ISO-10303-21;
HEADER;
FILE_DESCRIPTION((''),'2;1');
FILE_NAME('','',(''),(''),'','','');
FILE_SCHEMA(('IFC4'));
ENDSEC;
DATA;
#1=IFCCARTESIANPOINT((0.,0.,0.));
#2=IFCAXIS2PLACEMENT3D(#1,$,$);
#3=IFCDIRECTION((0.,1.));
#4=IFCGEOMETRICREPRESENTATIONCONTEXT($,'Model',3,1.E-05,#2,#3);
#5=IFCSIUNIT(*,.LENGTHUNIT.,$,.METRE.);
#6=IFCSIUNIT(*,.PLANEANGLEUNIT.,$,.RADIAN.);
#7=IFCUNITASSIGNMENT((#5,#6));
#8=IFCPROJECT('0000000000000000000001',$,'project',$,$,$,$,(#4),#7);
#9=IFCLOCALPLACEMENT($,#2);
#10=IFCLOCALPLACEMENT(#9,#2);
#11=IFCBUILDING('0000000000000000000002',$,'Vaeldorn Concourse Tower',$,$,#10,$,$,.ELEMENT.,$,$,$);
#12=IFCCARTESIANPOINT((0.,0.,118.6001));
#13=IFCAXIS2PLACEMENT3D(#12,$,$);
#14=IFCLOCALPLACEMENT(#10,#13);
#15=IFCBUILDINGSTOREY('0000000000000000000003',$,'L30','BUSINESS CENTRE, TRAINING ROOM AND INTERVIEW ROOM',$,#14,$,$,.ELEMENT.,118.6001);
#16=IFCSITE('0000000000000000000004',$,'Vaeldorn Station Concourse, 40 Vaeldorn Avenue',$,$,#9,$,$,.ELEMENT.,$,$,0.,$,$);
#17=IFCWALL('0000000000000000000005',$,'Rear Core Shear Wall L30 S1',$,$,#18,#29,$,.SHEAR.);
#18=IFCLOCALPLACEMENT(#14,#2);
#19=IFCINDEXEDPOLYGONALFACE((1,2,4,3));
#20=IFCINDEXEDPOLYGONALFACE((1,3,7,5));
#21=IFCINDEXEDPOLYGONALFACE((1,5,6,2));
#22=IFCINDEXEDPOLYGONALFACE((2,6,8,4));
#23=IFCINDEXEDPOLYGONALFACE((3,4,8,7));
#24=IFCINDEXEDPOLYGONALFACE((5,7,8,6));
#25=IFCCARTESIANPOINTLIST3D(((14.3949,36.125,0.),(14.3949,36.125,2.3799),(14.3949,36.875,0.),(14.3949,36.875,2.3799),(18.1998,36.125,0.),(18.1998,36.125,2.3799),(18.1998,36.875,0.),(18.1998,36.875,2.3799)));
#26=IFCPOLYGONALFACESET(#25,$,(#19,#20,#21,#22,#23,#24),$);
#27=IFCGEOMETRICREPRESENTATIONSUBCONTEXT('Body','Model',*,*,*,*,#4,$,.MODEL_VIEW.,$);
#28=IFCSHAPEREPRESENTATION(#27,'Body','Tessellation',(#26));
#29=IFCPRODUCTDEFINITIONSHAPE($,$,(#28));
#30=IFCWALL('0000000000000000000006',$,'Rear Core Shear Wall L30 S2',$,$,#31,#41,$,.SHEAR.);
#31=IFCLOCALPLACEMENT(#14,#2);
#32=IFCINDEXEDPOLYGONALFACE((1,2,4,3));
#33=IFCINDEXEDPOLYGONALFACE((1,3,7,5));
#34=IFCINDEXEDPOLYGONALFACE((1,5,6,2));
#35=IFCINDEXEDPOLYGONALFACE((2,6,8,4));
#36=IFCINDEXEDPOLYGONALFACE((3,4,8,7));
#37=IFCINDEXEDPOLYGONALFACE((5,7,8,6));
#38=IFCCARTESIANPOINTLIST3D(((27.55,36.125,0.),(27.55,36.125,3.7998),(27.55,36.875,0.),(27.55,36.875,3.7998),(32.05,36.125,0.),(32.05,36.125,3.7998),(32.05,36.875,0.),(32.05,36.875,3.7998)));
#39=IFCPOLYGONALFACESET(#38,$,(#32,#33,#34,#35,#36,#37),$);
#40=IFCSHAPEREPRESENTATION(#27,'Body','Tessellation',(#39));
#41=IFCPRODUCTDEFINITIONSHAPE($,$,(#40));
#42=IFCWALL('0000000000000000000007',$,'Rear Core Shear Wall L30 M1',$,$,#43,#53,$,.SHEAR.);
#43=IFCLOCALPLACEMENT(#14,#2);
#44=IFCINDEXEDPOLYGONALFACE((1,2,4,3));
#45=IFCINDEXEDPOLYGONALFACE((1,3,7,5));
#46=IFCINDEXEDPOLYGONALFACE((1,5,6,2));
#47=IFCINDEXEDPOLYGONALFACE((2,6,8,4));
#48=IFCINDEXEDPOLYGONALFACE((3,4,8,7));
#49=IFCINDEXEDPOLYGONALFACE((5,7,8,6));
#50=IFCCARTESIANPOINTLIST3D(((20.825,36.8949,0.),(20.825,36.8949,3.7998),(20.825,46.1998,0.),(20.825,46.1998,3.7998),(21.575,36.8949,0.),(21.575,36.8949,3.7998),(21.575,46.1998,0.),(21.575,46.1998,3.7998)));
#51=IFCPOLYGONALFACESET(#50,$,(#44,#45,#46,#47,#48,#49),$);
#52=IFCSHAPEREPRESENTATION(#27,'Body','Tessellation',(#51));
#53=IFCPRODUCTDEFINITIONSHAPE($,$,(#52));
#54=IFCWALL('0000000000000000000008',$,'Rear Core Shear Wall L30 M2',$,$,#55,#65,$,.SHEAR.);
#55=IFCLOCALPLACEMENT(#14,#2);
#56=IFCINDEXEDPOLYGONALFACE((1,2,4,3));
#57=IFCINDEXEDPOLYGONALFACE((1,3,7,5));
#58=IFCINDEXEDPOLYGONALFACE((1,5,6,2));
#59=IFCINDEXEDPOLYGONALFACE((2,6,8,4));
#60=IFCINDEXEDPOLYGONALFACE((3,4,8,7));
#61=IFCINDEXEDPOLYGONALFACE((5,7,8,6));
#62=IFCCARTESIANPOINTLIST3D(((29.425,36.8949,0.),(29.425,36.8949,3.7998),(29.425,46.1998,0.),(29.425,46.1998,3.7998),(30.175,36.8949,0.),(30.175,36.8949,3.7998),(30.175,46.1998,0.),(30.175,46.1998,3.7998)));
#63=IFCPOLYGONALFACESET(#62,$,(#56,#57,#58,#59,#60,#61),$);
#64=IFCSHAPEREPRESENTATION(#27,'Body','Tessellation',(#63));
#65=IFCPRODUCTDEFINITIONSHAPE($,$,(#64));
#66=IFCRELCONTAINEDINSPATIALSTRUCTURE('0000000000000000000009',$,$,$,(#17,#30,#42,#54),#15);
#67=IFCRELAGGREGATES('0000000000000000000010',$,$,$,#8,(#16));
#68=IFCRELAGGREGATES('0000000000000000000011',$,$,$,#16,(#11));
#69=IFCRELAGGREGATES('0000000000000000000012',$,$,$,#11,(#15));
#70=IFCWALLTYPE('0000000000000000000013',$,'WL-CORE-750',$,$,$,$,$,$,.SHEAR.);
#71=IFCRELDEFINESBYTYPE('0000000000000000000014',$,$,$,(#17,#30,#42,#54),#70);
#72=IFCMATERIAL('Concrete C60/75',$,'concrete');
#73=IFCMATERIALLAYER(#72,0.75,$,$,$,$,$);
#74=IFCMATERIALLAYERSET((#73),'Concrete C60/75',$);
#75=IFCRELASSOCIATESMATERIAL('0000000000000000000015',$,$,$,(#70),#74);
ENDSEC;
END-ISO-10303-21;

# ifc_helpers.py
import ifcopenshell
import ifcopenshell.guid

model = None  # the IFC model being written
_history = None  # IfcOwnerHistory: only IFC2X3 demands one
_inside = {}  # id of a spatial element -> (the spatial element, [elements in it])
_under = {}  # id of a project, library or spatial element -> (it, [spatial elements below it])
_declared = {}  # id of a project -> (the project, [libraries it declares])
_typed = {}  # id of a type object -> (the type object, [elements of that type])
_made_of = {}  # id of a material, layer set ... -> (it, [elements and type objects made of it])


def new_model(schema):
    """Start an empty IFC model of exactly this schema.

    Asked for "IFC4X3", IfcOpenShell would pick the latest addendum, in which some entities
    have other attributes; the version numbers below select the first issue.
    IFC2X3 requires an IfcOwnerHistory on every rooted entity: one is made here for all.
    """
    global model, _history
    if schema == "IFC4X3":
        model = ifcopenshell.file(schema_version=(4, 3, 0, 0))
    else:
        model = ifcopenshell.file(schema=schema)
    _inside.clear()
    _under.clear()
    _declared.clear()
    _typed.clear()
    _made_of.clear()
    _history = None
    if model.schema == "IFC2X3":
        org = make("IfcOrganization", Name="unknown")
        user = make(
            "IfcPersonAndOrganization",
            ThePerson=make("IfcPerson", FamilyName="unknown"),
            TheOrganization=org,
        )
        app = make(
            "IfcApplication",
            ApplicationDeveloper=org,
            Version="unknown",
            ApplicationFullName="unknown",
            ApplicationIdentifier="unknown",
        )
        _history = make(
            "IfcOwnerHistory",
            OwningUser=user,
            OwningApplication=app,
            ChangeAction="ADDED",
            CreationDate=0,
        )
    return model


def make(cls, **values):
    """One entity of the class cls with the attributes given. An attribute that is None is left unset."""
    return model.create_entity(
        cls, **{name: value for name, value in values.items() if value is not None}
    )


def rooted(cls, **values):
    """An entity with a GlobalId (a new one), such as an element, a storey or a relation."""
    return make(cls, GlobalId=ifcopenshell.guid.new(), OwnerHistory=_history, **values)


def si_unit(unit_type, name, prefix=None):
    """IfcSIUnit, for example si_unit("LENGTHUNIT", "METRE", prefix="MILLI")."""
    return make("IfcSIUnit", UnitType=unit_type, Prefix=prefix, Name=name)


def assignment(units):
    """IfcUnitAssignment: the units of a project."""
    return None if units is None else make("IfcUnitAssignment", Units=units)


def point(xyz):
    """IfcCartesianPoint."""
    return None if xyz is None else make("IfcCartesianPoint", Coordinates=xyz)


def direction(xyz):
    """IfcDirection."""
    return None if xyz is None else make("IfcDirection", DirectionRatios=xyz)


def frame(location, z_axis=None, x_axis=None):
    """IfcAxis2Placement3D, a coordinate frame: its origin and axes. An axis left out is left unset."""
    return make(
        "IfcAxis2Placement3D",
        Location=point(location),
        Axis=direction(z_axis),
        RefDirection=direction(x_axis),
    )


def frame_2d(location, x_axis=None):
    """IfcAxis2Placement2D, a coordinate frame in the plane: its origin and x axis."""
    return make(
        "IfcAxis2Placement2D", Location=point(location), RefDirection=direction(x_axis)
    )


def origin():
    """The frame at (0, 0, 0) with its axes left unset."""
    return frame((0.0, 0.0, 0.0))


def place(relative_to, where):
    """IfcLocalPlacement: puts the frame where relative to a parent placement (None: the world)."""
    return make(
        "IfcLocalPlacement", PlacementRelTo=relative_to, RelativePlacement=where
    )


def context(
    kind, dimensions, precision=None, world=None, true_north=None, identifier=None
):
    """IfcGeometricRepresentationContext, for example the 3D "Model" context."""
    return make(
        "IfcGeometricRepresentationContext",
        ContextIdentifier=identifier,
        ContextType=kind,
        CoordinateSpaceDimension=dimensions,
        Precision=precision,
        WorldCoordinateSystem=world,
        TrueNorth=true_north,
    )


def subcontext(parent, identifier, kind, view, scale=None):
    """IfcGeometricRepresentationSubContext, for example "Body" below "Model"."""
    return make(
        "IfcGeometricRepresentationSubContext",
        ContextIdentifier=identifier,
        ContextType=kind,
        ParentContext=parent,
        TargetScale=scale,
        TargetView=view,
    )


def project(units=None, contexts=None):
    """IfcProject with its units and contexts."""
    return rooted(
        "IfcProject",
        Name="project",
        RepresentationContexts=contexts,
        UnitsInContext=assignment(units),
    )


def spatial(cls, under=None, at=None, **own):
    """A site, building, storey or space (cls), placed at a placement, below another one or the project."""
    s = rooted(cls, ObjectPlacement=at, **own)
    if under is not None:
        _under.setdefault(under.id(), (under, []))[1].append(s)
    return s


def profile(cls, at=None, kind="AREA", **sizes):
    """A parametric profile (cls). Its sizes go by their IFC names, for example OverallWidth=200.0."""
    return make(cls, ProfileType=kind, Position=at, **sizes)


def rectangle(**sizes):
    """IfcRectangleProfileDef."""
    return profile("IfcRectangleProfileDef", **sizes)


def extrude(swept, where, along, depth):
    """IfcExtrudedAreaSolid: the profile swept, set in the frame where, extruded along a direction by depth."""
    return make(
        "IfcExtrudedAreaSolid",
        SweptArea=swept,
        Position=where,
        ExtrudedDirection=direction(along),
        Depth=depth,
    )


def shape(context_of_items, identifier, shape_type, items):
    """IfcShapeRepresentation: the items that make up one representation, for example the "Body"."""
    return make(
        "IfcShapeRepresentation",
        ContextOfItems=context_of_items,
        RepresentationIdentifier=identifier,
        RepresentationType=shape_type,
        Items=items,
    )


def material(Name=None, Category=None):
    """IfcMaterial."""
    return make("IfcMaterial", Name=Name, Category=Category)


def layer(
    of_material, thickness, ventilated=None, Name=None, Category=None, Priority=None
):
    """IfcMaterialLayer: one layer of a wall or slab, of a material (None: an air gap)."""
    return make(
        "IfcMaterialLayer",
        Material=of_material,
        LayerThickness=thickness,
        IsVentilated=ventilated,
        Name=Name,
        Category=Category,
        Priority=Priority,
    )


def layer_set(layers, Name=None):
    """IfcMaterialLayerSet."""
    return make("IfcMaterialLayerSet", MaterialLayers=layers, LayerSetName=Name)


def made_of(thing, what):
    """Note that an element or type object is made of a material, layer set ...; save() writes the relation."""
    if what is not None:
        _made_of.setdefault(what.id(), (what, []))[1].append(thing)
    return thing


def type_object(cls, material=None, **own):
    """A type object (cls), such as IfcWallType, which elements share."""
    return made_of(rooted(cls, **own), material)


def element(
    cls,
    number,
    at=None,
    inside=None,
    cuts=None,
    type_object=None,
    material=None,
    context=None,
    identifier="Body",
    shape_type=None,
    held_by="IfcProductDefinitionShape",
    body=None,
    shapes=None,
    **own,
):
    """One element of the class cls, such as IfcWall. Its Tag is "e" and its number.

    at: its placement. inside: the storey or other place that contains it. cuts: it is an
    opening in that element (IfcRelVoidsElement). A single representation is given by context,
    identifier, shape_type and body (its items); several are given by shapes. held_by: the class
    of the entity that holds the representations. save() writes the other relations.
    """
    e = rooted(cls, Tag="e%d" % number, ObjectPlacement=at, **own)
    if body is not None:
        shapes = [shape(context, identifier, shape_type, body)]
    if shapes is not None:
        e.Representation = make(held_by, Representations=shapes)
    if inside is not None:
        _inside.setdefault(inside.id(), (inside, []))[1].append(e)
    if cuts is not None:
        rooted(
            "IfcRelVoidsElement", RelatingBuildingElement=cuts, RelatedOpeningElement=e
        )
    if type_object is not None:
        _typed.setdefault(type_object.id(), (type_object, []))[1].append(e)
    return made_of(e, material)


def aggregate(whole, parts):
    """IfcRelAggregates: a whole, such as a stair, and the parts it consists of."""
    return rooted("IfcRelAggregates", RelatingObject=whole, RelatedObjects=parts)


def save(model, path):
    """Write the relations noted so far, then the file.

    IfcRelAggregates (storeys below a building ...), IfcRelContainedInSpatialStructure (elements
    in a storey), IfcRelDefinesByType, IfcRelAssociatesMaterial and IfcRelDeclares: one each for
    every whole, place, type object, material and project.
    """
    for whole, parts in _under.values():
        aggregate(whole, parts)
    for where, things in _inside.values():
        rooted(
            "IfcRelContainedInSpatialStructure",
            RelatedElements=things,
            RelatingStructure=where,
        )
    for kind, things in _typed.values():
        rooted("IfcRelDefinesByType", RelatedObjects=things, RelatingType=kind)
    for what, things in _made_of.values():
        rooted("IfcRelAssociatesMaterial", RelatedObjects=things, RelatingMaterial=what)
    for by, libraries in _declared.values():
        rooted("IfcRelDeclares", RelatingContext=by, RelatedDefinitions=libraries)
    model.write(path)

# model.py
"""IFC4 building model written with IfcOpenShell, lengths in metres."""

from ifc_helpers import new_model, si_unit, direction, frame, frame_2d, origin, place, context, subcontext, project, spatial, rectangle, extrude, material, layer, layer_set, type_object, element, save


model = new_model("IFC4")

# Units and contexts
model_context = context("Model", 3, precision=1e-05, world=origin(), true_north=direction((0.0, 1.0)))
body_context = subcontext(model_context, "Body", "Model", "MODEL_VIEW")
ifc_project = project(units=[si_unit("LENGTHUNIT", "METRE"), si_unit("PLANEANGLEUNIT", "RADIAN")], contexts=[model_context])

# Site, building, storey
site_placement = place(None, origin())
site = spatial("IfcSite", under=ifc_project, at=site_placement, Name="Vaeldorn Station Concourse, 40 Vaeldorn Avenue", CompositionType="ELEMENT", RefElevation=0.0)
building_placement = place(site_placement, origin())
building = spatial("IfcBuilding", under=site, at=building_placement, Name="Vaeldorn Concourse Tower", CompositionType="ELEMENT")
storey_placement = place(building_placement, frame((0.0, 0.0, 118.6001)))
storey = spatial("IfcBuildingStorey", under=building, at=storey_placement, Name="L30", Description="BUSINESS CENTRE, TRAINING ROOM AND INTERVIEW ROOM", CompositionType="ELEMENT", Elevation=118.6001)

# Walls
ifc_material_1 = material(Name="Concrete C60/75", Category="concrete")
ifc_layer_1 = layer(ifc_material_1, 0.75)
ifc_layer_set_1 = layer_set([ifc_layer_1], Name="Concrete C60/75")
wall_type_1 = type_object("IfcWallType", Name="WL-CORE-750", PredefinedType="SHEAR", material=ifc_layer_set_1)
wall_1_placement = place(storey_placement, frame((14.395, 36.5, 0.0), z_axis=(0.0, 0.0, 1.0), x_axis=(1.0, 0.0, 0.0)))
element("IfcWall", 1, at=wall_1_placement, inside=storey, type_object=wall_type_1, Name="Rear Core Shear Wall L30 S1", PredefinedType="SHEAR", context=body_context, shape_type="SweptSolid", body=[
    extrude(rectangle(XDim=3.8049, YDim=0.75, at=frame_2d((1.9023, 0.0))), origin(), (0.0, 0.0, 1.0), 2.3799),
])
wall_2_placement = place(storey_placement, frame((27.55, 36.5, 0.0), z_axis=(0.0, 0.0, 1.0), x_axis=(1.0, 0.0, 0.0)))
element("IfcWall", 2, at=wall_2_placement, inside=storey, type_object=wall_type_1, Name="Rear Core Shear Wall L30 S2", PredefinedType="SHEAR", context=body_context, shape_type="SweptSolid", body=[
    extrude(rectangle(XDim=4.5, YDim=0.75, at=frame_2d((2.25, 0.0))), origin(), (0.0, 0.0, 1.0), 3.7998),
])
for number, where, z_axis, x_axis, name in (
    (3, (21.2, 36.895, 0.0), (0.0, 0.0, 1.0), (0.0, 1.0, 0.0), "Rear Core Shear Wall L30 M1"),
    (4, (29.8, 36.895, 0.0), (0.0, 0.0, 1.0), (0.0, 1.0, 0.0), "Rear Core Shear Wall L30 M2"),
):
    element("IfcWall", number, at=place(storey_placement, frame(where, z_axis=z_axis, x_axis=x_axis)), inside=storey, type_object=wall_type_1, Name=name, PredefinedType="SHEAR", context=body_context, shape_type="SweptSolid", body=[
        extrude(rectangle(XDim=9.3049, YDim=0.75, at=frame_2d((4.6523, 0.0))), origin(), (0.0, 0.0, 1.0), 3.7998),
    ])

save(model, "model.ifc")
